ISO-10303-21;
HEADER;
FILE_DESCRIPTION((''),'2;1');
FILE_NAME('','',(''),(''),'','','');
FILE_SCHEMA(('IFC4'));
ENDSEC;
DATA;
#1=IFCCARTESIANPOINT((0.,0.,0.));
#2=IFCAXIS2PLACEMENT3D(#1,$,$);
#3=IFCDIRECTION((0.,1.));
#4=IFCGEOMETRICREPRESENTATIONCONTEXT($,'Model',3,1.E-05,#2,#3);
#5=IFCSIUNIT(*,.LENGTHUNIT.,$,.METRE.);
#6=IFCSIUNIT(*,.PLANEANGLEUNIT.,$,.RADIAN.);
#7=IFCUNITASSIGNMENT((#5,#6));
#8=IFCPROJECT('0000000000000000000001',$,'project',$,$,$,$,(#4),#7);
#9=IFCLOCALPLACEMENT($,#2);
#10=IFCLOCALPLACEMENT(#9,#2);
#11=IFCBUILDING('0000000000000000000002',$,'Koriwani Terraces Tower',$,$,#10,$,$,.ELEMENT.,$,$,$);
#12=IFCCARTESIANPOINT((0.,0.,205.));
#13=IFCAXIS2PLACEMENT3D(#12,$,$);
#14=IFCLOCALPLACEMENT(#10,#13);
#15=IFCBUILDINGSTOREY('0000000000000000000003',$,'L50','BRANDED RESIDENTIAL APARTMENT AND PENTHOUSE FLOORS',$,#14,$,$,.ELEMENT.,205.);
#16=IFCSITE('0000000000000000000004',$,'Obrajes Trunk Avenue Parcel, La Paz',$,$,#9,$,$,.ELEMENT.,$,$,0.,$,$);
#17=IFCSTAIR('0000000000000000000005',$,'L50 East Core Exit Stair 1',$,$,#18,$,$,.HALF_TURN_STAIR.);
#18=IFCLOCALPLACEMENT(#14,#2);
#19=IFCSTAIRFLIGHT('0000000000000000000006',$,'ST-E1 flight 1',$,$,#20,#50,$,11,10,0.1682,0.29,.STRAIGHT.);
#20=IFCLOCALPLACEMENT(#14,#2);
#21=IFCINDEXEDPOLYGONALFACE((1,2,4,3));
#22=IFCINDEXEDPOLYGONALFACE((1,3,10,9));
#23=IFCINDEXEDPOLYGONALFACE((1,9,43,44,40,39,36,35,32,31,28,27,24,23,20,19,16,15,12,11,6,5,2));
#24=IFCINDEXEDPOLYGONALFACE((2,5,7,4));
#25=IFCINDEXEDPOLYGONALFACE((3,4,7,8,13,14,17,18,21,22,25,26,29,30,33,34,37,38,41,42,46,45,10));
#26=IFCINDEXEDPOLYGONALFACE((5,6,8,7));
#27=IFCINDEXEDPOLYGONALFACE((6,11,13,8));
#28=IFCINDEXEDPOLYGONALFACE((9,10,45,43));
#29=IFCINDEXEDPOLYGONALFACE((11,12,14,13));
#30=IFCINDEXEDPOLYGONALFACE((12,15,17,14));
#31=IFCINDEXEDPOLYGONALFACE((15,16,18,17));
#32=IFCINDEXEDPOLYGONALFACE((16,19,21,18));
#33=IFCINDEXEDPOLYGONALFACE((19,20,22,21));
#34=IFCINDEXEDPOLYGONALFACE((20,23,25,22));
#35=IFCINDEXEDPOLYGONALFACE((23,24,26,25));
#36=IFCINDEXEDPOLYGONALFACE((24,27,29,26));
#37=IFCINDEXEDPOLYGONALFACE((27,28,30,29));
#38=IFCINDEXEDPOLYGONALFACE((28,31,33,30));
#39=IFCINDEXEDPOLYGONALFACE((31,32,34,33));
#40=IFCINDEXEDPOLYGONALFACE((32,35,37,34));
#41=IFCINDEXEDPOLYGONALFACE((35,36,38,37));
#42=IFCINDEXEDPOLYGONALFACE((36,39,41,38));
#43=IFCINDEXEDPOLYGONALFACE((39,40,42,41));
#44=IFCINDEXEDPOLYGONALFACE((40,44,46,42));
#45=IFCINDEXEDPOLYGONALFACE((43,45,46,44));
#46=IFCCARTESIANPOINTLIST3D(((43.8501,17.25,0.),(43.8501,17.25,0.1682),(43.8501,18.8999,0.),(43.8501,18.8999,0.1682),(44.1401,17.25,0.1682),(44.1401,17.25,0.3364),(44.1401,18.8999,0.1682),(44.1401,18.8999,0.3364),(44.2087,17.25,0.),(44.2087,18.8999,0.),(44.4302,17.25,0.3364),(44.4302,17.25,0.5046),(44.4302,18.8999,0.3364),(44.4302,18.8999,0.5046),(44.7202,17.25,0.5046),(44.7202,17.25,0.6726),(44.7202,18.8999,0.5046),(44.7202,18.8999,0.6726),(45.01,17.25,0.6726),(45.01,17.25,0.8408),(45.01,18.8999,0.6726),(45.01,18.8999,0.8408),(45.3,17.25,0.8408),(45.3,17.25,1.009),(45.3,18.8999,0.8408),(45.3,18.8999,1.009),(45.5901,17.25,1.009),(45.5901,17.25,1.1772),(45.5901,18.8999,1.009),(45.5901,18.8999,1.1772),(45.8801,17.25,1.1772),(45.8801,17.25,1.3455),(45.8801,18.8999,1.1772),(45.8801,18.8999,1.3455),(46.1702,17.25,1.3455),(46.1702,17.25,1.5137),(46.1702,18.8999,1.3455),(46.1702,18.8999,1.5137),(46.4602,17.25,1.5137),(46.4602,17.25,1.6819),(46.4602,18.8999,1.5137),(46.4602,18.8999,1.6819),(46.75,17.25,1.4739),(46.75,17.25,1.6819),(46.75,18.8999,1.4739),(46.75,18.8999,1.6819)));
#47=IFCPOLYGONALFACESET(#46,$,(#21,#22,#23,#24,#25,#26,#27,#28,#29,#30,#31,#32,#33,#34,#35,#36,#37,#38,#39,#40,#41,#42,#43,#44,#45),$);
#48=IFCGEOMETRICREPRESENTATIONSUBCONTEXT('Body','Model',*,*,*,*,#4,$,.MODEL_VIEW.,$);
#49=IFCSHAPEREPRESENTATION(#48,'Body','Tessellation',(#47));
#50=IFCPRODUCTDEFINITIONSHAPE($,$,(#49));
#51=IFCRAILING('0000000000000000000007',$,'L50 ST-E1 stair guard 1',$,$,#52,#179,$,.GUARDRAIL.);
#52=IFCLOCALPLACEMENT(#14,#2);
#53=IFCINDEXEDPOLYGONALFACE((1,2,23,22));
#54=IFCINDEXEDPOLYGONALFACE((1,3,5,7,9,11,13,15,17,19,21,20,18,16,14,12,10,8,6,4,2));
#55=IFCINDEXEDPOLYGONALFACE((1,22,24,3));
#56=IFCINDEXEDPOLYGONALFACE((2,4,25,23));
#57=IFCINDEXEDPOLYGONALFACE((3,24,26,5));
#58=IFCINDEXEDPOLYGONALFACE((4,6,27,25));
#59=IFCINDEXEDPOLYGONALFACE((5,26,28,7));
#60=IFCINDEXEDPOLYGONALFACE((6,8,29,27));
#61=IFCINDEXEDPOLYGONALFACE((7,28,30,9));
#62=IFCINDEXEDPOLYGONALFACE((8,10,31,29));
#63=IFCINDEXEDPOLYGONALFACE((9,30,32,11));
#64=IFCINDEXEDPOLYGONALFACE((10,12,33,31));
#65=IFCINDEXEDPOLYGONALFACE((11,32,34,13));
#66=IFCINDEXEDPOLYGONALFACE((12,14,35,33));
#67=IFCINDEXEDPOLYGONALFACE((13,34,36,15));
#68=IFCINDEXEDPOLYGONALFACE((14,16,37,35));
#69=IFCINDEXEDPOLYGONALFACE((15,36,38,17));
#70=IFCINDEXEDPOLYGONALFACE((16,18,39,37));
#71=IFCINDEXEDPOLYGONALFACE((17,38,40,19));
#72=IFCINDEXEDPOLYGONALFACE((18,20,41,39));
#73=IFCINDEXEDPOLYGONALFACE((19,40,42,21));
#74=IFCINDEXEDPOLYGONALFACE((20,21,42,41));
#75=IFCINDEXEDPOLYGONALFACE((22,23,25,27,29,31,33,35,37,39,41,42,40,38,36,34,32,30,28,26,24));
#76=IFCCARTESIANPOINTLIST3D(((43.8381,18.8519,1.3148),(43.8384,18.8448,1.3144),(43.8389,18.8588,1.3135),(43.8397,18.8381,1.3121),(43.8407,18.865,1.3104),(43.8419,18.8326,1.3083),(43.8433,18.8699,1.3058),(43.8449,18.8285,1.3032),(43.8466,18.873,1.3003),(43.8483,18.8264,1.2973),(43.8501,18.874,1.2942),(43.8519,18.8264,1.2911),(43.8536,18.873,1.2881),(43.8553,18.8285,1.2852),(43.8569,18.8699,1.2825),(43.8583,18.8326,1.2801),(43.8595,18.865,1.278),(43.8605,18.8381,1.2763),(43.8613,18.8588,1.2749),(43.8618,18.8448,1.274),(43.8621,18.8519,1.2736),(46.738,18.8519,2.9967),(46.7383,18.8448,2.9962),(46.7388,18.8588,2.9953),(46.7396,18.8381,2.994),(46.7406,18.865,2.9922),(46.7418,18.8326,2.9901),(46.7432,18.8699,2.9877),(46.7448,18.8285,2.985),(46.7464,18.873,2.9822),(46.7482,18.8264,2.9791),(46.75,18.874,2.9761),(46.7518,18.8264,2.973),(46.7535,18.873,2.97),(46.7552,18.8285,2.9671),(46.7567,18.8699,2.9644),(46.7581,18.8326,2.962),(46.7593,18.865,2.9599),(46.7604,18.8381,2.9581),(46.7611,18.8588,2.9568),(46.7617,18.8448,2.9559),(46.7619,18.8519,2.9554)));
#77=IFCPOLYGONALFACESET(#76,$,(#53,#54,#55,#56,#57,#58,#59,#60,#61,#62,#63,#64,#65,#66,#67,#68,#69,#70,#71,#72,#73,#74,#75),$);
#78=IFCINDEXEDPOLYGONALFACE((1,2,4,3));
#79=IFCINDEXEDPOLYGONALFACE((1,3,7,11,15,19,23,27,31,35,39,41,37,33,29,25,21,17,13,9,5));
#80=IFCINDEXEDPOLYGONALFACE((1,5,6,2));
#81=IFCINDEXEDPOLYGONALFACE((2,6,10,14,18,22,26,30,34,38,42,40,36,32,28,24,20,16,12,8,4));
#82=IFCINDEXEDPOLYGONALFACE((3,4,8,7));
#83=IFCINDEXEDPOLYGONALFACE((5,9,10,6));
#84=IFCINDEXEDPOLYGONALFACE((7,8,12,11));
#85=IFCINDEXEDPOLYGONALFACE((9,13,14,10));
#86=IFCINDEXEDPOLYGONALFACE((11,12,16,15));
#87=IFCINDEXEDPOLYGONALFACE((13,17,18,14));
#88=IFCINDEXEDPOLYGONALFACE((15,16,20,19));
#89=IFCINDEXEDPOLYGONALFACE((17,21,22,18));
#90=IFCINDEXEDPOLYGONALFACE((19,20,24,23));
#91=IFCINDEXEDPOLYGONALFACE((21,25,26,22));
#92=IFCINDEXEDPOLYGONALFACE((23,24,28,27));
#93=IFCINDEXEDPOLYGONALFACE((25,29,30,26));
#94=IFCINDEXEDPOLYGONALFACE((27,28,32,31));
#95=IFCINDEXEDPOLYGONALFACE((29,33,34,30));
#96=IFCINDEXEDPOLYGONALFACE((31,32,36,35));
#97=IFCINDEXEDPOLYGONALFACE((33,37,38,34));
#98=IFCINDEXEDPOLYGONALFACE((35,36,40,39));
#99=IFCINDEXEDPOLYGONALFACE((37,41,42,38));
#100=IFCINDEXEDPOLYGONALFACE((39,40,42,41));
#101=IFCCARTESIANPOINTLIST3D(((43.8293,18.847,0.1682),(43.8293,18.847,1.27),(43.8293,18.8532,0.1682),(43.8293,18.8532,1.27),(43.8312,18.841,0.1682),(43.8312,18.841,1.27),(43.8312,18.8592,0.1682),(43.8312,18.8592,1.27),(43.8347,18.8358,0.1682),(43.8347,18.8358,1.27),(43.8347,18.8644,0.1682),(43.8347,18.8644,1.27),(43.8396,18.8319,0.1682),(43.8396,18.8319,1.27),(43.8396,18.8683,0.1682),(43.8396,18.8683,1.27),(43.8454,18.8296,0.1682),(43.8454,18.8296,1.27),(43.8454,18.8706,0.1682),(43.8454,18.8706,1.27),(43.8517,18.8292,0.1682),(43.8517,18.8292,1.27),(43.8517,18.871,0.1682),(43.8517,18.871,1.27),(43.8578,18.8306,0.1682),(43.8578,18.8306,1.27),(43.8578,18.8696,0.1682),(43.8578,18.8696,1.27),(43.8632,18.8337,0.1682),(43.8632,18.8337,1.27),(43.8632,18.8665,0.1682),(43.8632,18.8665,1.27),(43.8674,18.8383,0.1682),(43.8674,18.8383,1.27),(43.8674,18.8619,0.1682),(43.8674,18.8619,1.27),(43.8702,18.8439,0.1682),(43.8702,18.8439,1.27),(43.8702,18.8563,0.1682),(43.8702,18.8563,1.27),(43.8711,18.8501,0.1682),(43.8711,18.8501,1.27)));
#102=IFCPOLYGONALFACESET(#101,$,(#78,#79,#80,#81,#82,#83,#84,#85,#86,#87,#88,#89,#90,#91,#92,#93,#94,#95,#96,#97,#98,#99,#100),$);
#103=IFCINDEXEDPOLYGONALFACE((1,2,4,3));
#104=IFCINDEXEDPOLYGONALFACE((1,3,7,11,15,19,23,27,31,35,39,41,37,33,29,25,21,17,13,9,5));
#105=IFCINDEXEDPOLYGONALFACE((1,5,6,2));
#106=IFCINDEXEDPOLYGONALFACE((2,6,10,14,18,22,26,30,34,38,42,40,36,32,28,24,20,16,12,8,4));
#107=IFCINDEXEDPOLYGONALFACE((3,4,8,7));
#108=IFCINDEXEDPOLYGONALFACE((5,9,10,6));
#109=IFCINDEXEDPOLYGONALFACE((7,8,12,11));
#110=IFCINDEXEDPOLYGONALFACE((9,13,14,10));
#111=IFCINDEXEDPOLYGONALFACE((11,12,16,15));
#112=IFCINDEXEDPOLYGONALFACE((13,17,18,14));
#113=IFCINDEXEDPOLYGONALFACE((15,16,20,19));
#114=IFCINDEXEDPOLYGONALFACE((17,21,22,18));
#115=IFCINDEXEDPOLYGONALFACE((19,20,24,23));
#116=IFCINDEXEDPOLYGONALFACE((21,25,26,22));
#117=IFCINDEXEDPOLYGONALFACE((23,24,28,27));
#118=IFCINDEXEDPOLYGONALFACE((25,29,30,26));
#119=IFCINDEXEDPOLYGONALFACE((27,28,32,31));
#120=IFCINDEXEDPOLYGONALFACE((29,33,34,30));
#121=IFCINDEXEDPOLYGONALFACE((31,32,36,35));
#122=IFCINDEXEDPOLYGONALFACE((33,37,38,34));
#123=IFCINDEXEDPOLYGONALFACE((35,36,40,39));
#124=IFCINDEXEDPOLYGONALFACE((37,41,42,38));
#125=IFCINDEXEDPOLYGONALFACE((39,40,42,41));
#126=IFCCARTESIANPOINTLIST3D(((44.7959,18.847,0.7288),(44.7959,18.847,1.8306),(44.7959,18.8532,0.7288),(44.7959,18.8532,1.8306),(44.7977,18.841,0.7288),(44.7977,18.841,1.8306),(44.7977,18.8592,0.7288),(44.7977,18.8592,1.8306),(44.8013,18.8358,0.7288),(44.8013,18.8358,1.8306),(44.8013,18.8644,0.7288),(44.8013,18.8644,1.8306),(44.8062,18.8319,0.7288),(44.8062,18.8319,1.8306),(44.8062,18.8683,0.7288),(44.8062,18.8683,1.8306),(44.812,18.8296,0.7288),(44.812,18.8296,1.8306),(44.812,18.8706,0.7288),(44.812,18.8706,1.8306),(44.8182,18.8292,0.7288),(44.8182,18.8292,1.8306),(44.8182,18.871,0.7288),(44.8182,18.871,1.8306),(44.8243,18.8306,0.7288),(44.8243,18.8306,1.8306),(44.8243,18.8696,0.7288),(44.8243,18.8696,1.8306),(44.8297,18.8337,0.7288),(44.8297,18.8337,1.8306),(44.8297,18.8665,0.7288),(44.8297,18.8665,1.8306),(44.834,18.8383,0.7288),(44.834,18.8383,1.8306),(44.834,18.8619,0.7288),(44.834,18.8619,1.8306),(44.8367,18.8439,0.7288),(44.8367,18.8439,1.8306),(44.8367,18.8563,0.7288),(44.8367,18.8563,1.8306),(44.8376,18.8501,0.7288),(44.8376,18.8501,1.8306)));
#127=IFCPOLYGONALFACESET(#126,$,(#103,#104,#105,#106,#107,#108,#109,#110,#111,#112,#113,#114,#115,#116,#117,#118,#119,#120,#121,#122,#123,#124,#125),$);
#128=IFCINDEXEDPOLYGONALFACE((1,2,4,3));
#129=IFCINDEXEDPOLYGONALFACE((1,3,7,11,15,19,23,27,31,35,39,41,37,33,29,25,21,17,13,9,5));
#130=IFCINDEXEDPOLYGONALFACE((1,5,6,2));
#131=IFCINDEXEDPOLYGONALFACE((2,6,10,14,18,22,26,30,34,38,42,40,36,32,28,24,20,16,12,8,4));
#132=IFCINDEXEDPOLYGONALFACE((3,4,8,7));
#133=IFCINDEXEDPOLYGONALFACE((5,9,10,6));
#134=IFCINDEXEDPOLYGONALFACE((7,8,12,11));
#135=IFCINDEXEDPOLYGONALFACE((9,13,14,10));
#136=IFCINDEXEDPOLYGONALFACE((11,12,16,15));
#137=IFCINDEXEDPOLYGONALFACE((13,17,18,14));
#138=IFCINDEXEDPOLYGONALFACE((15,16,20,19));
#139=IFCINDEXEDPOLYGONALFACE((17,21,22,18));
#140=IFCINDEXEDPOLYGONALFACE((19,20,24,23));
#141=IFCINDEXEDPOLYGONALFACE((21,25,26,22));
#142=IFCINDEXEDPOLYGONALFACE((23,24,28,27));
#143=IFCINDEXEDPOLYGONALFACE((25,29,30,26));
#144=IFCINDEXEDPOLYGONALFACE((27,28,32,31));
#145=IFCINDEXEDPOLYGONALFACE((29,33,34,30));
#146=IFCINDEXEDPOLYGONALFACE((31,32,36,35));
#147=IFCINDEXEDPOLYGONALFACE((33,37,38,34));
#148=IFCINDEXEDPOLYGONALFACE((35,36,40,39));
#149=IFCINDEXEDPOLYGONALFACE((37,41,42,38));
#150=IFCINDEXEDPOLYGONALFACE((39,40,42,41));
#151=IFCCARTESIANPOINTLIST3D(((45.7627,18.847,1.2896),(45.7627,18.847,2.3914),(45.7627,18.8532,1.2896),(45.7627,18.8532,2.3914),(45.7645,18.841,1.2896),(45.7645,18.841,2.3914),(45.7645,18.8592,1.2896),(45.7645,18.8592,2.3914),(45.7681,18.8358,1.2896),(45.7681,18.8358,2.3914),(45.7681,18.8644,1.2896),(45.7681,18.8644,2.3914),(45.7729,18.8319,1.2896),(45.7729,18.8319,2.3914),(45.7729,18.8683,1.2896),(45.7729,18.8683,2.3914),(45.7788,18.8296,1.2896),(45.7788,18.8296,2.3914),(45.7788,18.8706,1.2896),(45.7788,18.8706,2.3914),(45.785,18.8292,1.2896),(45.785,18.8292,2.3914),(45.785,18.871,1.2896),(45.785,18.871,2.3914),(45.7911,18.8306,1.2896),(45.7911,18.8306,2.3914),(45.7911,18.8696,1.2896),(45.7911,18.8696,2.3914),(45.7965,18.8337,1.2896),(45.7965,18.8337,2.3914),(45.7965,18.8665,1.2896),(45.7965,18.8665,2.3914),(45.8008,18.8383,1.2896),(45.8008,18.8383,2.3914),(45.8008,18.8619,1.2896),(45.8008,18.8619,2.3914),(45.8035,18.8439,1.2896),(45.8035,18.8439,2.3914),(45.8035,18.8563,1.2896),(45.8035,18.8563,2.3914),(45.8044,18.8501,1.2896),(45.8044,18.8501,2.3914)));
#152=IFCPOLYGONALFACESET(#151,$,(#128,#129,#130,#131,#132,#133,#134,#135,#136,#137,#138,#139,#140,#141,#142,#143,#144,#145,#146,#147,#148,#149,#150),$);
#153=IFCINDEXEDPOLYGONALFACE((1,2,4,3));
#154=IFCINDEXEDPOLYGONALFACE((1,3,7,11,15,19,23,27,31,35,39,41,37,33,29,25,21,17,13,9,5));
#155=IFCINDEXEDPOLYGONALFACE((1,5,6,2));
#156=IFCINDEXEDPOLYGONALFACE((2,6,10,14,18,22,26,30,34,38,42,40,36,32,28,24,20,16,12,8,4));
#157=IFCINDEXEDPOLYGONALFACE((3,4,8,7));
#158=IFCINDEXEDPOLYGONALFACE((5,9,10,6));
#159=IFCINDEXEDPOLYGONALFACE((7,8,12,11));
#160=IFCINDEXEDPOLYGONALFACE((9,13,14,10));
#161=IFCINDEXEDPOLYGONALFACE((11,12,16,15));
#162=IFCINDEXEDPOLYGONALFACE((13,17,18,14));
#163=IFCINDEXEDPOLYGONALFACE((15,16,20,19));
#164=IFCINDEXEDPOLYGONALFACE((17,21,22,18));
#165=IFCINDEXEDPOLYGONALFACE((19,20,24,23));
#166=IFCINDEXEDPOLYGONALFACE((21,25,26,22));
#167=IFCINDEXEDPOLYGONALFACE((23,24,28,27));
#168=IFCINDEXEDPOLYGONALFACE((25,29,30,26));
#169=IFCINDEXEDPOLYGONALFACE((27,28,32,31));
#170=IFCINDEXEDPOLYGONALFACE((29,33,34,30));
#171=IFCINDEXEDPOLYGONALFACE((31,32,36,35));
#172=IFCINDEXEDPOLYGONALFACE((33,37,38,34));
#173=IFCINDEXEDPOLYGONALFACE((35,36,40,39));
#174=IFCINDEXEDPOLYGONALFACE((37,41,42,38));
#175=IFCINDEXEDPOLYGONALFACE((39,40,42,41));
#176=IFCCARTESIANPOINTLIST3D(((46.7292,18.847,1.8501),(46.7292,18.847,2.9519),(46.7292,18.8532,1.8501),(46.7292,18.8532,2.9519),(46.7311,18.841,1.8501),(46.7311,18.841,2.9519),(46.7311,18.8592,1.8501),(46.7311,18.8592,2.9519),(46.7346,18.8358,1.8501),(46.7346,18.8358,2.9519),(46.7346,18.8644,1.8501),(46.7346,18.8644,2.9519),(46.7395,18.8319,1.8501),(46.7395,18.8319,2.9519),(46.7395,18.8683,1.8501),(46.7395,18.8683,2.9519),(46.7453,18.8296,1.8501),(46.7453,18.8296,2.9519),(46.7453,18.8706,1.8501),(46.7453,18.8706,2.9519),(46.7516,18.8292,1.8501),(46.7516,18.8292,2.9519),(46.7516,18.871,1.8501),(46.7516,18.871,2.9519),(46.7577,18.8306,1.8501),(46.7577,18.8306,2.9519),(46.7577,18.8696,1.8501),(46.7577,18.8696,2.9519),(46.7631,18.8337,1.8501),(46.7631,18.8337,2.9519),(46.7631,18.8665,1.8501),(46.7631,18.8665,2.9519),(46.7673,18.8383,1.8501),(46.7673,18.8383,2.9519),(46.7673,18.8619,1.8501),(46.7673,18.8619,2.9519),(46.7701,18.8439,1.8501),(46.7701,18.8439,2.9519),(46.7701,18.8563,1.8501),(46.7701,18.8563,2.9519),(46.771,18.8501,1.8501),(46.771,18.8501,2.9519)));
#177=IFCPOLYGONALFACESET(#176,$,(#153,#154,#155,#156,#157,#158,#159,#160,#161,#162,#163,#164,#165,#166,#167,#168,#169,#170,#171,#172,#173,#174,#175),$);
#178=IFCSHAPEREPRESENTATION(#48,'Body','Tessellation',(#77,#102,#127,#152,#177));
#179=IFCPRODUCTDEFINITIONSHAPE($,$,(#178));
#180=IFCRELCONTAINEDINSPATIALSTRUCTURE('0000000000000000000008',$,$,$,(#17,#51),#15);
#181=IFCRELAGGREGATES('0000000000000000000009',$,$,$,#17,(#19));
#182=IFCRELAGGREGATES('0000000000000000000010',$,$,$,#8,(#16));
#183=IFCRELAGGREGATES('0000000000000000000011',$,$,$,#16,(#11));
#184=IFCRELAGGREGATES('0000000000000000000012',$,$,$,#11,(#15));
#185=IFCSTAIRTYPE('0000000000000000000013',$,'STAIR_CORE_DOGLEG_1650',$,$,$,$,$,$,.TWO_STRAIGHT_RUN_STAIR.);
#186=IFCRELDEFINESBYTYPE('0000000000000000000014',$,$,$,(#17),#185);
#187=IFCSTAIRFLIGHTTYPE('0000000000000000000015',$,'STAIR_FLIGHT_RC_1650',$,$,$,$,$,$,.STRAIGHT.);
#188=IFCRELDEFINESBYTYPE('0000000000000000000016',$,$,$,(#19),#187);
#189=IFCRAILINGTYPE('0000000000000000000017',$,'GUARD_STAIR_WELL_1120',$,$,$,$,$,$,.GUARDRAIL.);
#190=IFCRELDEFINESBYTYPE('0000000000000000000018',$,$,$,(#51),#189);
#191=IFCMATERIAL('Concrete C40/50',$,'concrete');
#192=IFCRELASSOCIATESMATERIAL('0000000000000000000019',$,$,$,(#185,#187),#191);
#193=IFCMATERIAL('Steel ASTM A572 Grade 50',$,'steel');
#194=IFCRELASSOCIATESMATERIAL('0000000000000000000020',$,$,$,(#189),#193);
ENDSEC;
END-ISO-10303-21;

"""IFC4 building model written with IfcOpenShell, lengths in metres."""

from ifc_helpers import new_model, si_unit, direction, frame, origin, origin_2d, place, context, subcontext, project, spatial, polyline, circle, outline, extrude, material, type_object, element, aggregate, save


model = new_model("IFC4")

# Units and contexts
model_context = context("Model", 3, precision=1e-05, world=origin(), true_north=direction((0.0, 1.0)))
body_context = subcontext(model_context, "Body", "Model", "MODEL_VIEW")
ifc_project = project(units=[si_unit("LENGTHUNIT", "METRE"), si_unit("PLANEANGLEUNIT", "RADIAN")], contexts=[model_context])

# Site, building, storey
site_placement = place(None, origin())
site = spatial("IfcSite", under=ifc_project, at=site_placement, Name="Obrajes Trunk Avenue Parcel, La Paz", CompositionType="ELEMENT", RefElevation=0.0)
building_placement = place(site_placement, origin())
building = spatial("IfcBuilding", under=site, at=building_placement, Name="Koriwani Terraces Tower", CompositionType="ELEMENT")
storey_placement = place(building_placement, frame((0.0, 0.0, 205.0)))
storey = spatial("IfcBuildingStorey", under=building, at=storey_placement, Name="L50", Description="BRANDED RESIDENTIAL APARTMENT AND PENTHOUSE FLOORS", CompositionType="ELEMENT", Elevation=205.0)

# Shared definitions
ifc_material_1 = material(Name="Concrete C40/50", Category="concrete")
ifc_material_2 = material(Name="Steel ASTM A572 Grade 50", Category="steel")

# Stair, stair flight
stair_type = type_object("IfcStairType", Name="STAIR_CORE_DOGLEG_1650", PredefinedType="TWO_STRAIGHT_RUN_STAIR", material=ifc_material_1)
stair_placement = place(storey_placement, origin())
stair = element("IfcStair", 1, at=stair_placement, inside=storey, type_object=stair_type, Name="L50 East Core Exit Stair 1", PredefinedType="HALF_TURN_STAIR")
stair_flight_type = type_object("IfcStairFlightType", Name="STAIR_FLIGHT_RC_1650", PredefinedType="STRAIGHT", material=ifc_material_1)
stair_flight_placement = place(storey_placement, frame((43.8501, 18.075, 0.0), z_axis=(0.0, 0.0, 1.0), x_axis=(1.0, 0.0, 0.0)))
stair_flight = element("IfcStairFlight", 2, at=stair_flight_placement, type_object=stair_flight_type, Name="ST-E1 flight 1", NumberOfRisers=11, NumberOfTreads=10, PredefinedType="STRAIGHT", RiserHeight=0.1682, TreadLength=0.29, context=body_context, shape_type="SweptSolid", body=[
    extrude(outline(polyline([(0.0, 0.0), (0.0, 0.1682), (0.29, 0.1682), (0.29, 0.3364), (0.5801, 0.3364), (0.5801, 0.5046), (0.8701, 0.5046), (0.8701, 0.6726), (1.1599, 0.6726), (1.1599, 0.8408), (1.45, 0.8408), (1.45, 1.009), (1.74, 1.009), (1.74, 1.1772), (2.03, 1.1772), (2.03, 1.3455), (2.3201, 1.3455), (2.3201, 1.5137), (2.6101, 1.5137), (2.6101, 1.6819), (2.8999, 1.6819), (2.8999, 1.8501), (2.8999, 1.4739), (0.3586, 0.0), (0.0, 0.0)])), frame((0.0, 0.825, 0.0), z_axis=(0.0, -1.0, 0.0), x_axis=(1.0, 0.0, 0.0)), (0.0, 0.0, 1.0), 1.6499),
])
aggregate(stair, [stair_flight])

# Railing
railing_type_1 = type_object("IfcRailingType", Name="GUARD_STAIR_WELL_1120", PredefinedType="GUARDRAIL", material=ifc_material_2)
railing_1_placement = place(storey_placement, frame((43.8501, 18.8501, 0.1682)))
element("IfcRailing", 3, at=railing_1_placement, inside=storey, type_object=railing_type_1, Name="L50 ST-E1 stair guard 1", PredefinedType="GUARDRAIL", context=body_context, shape_type="SweptSolid", body=[
    extrude(circle(Radius=0.0239, at=origin_2d()), frame((0.0, 0.0, 1.126), z_axis=(0.865039, 0.0, 0.501705), x_axis=(0.0, 1.0, 0.0)), (0.0, 0.0, 1.0), 3.3523),
    extrude(circle(Radius=0.021, at=origin_2d()), origin(), (0.0, 0.0, 1.0), 1.1018),
    extrude(circle(Radius=0.021, at=origin_2d()), frame((0.9666, 0.0, 0.5605)), (0.0, 0.0, 1.0), 1.1018),
    extrude(circle(Radius=0.021, at=origin_2d()), frame((1.9333, 0.0, 1.1213)), (0.0, 0.0, 1.0), 1.1018),
    extrude(circle(Radius=0.021, at=origin_2d()), frame((2.8999, 0.0, 1.6819)), (0.0, 0.0, 1.0), 1.1018),
])

save(model, "model.ifc")
